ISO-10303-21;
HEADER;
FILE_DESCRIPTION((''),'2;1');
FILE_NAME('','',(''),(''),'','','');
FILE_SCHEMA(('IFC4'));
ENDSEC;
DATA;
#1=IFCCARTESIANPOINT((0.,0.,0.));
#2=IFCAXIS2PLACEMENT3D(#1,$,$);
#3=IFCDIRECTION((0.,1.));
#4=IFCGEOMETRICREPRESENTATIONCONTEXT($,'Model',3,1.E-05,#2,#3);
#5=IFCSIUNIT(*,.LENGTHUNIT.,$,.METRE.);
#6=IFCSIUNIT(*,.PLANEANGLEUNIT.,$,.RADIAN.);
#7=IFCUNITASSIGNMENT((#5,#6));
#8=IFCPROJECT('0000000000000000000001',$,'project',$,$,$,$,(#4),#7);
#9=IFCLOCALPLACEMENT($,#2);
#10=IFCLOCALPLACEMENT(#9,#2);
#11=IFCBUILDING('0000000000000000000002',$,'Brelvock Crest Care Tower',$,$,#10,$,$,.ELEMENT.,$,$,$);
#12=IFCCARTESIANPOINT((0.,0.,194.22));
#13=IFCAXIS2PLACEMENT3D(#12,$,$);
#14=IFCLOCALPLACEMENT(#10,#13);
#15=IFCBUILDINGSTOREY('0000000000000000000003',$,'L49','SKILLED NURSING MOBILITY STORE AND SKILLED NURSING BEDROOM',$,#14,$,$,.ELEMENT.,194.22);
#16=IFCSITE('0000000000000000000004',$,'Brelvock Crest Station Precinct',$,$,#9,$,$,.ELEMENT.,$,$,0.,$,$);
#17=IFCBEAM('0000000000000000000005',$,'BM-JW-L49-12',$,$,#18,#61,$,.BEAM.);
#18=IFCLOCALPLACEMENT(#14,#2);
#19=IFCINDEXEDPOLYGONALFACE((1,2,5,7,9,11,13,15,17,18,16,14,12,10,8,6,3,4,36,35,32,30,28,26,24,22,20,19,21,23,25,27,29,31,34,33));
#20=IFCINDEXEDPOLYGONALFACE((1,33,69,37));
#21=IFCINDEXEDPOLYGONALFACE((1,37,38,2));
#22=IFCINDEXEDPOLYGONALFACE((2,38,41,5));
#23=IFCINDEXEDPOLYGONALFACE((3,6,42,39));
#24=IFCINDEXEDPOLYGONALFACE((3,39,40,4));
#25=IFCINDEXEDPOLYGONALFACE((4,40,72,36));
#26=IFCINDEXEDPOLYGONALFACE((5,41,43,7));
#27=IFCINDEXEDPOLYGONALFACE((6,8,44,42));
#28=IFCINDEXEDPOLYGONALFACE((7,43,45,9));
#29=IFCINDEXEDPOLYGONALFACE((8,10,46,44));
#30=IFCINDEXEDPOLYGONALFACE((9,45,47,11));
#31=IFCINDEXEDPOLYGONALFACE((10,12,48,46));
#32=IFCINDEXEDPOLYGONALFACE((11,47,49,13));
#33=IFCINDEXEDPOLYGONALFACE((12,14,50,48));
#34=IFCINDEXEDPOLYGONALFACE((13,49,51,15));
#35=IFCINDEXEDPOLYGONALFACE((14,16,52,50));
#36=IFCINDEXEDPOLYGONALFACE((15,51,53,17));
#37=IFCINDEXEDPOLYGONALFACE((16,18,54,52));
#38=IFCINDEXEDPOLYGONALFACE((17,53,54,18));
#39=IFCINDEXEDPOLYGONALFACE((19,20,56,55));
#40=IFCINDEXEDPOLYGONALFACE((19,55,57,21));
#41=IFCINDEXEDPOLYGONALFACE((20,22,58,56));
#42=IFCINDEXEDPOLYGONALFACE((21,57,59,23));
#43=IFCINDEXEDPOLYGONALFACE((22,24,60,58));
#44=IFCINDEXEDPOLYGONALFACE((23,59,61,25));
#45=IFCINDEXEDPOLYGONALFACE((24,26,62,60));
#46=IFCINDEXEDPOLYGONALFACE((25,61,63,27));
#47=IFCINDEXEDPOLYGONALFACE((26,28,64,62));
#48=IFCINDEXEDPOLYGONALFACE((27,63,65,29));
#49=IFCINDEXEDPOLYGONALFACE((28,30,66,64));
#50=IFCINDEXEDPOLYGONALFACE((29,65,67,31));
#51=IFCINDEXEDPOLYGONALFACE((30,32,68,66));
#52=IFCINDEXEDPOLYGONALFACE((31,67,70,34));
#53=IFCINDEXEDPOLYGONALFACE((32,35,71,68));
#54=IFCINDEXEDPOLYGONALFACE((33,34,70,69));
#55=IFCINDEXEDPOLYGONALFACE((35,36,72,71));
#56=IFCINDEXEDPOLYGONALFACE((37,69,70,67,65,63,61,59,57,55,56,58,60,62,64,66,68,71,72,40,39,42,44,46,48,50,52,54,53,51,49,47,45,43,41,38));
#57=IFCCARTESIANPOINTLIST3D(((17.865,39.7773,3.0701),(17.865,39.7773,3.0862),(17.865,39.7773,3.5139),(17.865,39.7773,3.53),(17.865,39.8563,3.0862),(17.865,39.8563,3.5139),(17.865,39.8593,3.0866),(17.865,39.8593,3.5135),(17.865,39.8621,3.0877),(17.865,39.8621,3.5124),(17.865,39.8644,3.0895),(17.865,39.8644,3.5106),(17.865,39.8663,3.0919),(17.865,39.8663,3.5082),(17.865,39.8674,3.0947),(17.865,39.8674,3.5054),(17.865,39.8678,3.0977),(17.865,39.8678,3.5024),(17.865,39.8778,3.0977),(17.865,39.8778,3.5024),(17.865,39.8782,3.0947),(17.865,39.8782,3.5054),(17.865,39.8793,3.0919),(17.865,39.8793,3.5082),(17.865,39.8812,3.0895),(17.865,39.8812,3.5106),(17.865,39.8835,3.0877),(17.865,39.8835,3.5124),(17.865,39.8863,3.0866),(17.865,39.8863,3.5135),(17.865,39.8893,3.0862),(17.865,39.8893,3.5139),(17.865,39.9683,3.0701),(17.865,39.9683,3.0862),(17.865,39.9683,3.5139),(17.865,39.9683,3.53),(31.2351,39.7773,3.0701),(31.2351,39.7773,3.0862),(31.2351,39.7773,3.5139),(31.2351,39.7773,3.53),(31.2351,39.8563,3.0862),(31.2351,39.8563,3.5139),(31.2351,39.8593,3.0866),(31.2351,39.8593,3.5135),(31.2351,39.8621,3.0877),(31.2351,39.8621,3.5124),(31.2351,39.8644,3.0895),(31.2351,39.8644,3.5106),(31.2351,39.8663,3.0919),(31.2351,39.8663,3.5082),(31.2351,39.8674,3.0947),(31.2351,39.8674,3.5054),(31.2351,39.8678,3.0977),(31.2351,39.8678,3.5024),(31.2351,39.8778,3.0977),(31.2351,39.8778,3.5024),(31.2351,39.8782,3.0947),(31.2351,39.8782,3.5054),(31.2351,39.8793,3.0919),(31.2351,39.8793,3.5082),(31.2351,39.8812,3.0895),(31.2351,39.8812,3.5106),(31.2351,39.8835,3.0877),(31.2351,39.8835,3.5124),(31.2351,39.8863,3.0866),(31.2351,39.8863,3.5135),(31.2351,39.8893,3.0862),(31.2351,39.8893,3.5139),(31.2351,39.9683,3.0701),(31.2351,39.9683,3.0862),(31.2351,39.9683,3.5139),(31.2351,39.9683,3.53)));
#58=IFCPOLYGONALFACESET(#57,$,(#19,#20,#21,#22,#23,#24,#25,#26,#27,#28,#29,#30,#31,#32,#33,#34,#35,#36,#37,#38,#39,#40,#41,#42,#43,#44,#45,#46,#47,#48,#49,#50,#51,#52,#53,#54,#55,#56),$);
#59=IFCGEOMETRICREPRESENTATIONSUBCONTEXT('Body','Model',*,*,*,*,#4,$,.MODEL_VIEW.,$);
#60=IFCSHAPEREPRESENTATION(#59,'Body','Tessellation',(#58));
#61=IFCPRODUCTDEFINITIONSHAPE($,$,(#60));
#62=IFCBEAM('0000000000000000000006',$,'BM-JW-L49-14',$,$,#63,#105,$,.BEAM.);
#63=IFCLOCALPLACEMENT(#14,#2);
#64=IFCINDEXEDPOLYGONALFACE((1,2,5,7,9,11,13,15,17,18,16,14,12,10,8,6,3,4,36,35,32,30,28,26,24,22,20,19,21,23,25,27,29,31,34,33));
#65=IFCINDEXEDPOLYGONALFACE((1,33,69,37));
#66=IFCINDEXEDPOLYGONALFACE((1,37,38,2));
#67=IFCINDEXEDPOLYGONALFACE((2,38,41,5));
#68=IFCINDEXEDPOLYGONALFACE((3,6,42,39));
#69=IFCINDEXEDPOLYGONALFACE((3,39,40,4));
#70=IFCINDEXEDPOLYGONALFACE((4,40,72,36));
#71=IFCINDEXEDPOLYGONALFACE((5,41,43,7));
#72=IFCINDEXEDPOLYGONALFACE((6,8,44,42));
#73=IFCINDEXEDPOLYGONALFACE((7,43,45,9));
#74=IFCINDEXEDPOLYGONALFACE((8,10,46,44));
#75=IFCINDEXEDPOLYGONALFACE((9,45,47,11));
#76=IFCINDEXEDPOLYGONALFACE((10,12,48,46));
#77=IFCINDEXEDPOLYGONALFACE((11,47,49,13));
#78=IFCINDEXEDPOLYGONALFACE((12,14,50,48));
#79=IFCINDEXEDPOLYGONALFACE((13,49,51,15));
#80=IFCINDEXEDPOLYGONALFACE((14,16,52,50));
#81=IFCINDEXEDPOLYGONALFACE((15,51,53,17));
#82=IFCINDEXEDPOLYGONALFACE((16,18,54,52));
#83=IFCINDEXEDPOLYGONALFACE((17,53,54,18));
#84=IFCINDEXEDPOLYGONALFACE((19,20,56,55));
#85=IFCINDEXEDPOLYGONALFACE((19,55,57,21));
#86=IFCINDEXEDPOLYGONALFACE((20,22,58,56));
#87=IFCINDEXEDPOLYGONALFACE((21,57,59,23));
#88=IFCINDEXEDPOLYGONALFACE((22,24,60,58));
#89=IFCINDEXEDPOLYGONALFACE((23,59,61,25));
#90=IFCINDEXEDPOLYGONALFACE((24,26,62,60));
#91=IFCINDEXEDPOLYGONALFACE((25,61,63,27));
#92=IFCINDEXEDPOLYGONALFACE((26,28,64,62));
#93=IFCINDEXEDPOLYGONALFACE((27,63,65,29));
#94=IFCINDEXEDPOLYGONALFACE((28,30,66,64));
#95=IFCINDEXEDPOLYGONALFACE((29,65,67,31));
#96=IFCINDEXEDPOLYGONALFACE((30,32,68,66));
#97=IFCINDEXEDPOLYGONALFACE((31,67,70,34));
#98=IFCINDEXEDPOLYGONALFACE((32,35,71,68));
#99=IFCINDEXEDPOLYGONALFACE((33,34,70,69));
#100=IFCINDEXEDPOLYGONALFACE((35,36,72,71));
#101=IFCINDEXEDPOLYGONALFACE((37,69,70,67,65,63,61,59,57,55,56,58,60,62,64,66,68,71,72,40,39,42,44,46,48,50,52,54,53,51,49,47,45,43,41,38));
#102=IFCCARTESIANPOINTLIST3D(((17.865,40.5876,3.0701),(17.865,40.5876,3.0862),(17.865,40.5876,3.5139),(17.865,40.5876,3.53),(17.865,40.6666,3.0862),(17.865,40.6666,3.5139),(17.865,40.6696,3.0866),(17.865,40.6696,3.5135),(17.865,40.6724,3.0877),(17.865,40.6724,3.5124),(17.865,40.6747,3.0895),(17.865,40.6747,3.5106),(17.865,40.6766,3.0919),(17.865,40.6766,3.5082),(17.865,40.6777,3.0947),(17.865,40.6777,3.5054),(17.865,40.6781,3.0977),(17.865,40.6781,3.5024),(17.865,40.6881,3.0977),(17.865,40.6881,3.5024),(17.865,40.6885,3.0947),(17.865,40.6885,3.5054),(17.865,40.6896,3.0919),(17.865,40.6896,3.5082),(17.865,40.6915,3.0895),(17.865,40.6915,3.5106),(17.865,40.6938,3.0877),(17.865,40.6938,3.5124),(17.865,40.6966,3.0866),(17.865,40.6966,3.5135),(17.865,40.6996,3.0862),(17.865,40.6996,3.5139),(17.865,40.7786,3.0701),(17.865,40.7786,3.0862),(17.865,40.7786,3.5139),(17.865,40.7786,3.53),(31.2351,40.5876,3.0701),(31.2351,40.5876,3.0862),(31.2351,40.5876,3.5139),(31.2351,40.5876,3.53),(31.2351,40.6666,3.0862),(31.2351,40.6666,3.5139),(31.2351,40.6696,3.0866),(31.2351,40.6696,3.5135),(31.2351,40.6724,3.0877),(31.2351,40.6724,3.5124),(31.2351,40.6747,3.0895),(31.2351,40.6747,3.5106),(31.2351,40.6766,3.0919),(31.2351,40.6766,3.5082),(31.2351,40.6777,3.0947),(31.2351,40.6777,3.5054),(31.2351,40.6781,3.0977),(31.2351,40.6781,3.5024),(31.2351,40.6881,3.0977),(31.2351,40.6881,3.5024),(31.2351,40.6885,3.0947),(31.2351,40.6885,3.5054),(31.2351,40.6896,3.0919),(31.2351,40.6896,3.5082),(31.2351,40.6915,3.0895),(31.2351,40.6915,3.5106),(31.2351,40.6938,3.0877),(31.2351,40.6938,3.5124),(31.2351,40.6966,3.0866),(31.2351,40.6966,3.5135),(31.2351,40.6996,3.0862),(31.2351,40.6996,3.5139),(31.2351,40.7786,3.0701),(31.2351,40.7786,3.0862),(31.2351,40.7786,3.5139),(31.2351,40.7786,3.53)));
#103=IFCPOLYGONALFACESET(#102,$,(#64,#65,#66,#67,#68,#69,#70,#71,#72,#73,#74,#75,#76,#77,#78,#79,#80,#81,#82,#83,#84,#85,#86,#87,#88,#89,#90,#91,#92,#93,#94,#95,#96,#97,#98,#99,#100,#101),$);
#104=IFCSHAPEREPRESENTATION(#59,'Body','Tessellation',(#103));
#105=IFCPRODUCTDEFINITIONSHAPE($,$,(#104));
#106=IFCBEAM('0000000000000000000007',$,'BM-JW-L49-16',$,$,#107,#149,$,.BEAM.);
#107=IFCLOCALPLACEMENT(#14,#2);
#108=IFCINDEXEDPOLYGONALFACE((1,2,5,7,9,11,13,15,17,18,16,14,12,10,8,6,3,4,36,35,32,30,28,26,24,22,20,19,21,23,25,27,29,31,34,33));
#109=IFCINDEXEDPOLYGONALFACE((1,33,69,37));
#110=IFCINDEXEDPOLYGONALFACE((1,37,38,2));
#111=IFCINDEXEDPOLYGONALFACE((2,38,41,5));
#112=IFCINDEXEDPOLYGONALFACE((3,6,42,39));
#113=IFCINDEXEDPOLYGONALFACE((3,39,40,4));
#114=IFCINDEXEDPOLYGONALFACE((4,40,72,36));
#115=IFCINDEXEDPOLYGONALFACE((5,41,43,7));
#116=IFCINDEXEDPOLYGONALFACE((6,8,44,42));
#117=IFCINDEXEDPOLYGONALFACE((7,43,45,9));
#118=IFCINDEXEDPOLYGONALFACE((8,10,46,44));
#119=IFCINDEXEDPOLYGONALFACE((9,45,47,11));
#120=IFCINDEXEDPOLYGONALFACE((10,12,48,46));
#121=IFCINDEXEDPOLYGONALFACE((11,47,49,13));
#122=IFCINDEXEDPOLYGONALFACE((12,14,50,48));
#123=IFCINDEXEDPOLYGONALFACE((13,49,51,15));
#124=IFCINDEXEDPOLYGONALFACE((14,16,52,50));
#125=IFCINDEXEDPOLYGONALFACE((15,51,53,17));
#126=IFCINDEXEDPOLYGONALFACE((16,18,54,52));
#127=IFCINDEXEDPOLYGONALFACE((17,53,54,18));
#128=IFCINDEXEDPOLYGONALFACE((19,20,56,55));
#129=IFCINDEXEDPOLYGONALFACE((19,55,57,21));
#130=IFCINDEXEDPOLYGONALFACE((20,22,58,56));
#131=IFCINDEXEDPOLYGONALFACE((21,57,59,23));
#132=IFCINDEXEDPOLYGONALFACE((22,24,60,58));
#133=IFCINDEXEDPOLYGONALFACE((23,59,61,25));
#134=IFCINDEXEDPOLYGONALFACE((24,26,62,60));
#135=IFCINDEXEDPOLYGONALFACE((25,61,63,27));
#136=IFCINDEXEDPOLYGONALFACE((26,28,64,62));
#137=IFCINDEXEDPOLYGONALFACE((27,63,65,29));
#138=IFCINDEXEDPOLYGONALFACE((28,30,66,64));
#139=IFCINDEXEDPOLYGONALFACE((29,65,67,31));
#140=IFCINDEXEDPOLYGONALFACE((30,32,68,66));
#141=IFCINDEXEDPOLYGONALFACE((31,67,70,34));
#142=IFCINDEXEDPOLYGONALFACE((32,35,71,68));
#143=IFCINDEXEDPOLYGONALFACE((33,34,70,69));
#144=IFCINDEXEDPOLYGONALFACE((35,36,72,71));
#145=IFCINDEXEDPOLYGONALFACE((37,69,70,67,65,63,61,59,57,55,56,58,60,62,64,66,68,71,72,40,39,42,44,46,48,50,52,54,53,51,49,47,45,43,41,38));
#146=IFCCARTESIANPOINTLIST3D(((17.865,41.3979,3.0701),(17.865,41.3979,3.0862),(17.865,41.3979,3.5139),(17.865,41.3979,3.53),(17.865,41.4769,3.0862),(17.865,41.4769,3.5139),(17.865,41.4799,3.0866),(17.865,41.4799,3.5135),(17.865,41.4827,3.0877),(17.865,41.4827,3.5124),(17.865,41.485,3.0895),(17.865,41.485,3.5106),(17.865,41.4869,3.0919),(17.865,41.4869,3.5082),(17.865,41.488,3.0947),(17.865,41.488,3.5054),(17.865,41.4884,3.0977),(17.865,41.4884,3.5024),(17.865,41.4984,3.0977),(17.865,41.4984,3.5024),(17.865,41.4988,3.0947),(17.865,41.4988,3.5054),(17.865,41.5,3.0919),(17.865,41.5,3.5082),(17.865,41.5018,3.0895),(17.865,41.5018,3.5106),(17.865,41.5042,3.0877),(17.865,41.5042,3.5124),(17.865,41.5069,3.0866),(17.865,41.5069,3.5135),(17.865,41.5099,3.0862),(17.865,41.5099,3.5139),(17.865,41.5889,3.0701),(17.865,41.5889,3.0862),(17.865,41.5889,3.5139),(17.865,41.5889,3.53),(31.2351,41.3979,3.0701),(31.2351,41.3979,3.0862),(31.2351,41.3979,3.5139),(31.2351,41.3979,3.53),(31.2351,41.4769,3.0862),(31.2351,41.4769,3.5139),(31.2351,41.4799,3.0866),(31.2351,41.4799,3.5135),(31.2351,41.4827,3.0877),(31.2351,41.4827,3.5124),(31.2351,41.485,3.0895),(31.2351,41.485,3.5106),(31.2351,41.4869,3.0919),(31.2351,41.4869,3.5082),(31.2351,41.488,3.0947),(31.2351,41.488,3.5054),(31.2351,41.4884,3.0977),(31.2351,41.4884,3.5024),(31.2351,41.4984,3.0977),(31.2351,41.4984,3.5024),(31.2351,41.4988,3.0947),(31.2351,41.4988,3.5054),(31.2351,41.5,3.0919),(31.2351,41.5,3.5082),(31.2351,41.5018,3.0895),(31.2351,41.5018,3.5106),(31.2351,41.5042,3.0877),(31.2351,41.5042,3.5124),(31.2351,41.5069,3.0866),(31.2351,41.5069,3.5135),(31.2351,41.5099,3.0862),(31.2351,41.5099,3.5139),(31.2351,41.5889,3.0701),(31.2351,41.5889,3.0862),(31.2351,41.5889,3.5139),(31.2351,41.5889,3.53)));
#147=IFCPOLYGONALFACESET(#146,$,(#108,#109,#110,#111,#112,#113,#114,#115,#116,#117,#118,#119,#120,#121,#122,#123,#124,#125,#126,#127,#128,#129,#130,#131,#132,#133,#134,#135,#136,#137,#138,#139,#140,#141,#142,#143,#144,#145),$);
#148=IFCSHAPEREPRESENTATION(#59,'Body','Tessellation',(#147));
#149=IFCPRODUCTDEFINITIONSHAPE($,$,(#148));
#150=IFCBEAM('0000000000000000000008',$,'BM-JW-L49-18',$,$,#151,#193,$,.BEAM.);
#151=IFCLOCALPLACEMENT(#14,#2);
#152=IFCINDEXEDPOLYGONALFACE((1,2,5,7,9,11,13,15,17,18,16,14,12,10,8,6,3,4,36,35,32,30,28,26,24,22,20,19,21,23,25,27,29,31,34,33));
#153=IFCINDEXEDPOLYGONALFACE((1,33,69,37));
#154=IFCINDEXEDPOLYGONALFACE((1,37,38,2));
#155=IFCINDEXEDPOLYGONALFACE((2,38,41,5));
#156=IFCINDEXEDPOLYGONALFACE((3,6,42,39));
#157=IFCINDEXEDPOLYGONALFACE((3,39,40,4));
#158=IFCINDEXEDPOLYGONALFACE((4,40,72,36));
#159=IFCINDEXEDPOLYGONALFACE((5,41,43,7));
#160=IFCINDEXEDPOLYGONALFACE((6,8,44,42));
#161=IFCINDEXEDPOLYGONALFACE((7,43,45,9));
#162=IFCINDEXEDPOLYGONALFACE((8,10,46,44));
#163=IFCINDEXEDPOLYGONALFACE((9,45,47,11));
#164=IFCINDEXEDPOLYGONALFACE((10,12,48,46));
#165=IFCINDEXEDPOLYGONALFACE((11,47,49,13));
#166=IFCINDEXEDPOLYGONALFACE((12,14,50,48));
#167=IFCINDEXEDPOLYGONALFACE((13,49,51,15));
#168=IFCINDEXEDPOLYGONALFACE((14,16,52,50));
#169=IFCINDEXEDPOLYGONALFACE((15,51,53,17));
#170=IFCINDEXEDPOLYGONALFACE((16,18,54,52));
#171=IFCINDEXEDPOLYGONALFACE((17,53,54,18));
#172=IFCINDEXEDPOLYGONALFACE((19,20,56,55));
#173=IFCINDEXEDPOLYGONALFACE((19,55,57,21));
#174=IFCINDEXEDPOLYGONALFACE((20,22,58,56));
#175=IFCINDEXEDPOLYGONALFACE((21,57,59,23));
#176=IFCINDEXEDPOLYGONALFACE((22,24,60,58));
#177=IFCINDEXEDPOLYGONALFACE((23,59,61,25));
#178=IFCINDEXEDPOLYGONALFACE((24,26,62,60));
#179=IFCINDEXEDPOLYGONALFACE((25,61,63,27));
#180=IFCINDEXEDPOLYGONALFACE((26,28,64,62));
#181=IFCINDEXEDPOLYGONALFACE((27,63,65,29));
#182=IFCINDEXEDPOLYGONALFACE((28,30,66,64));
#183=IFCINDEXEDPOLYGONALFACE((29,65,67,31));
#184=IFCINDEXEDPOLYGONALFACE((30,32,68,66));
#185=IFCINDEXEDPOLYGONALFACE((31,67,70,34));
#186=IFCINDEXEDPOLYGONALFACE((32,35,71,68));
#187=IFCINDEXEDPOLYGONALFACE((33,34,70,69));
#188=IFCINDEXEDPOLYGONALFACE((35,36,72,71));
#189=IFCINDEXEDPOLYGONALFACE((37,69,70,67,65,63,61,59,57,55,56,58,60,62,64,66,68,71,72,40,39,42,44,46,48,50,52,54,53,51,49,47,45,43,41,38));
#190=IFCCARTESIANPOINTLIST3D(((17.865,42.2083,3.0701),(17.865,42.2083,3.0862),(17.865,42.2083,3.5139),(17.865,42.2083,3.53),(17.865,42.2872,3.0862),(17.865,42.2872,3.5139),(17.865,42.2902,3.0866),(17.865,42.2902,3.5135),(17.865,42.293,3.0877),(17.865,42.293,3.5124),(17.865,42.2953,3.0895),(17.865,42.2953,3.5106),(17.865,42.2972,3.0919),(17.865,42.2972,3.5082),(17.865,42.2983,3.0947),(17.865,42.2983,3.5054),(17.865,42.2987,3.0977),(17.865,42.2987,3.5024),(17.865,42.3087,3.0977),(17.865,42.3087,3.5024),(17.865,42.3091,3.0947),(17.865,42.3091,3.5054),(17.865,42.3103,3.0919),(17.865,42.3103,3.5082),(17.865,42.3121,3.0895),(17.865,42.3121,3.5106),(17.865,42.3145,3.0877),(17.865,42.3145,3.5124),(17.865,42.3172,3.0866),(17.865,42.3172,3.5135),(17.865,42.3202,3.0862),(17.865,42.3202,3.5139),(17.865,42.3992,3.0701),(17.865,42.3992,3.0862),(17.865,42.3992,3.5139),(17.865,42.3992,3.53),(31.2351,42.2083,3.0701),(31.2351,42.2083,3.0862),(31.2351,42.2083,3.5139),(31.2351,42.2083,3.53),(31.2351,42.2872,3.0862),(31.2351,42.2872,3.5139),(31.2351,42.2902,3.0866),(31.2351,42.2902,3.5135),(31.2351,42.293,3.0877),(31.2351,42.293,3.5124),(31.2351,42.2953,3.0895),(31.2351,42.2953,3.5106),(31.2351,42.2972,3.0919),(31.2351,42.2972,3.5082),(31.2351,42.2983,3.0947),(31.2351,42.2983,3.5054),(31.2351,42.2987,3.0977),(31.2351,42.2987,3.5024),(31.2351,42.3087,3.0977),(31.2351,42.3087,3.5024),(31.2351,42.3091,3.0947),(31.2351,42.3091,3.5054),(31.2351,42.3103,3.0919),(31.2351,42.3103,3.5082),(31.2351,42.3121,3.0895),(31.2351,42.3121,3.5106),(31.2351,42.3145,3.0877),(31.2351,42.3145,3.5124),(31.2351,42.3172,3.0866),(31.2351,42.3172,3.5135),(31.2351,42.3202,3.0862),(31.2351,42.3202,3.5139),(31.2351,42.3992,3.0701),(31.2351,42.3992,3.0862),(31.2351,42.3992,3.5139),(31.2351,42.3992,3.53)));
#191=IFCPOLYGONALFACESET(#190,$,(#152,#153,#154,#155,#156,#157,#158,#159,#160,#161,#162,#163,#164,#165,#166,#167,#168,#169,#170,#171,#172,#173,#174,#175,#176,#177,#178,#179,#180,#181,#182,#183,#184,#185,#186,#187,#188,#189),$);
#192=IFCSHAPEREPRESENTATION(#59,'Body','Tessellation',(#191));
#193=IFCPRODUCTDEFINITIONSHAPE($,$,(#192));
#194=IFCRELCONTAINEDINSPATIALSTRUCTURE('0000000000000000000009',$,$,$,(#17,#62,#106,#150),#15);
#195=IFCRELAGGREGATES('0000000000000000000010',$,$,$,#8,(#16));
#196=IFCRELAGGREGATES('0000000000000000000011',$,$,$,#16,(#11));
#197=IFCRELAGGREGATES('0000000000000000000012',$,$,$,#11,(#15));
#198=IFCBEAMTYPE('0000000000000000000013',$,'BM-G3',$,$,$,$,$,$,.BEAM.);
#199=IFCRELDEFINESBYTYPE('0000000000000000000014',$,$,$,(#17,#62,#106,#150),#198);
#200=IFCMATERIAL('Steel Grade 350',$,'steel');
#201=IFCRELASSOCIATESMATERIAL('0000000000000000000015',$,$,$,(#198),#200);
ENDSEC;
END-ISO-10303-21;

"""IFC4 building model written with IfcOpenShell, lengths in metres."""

from ifc_helpers import new_model, si_unit, direction, frame, origin, origin_2d, place, context, subcontext, project, spatial, i_section, extrude, source, transform, mapped, material, material_profile, profile_set, type_object, element, save


model = new_model("IFC4")

# Units and contexts
model_context = context("Model", 3, precision=1e-05, world=origin(), true_north=direction((0.0, 1.0)))
body_context = subcontext(model_context, "Body", "Model", "MODEL_VIEW")
ifc_project = project(units=[si_unit("LENGTHUNIT", "METRE"), si_unit("PLANEANGLEUNIT", "RADIAN")], contexts=[model_context])

# Site, building, storey
site_placement = place(None, origin())
site = spatial("IfcSite", under=ifc_project, at=site_placement, Name="Brelvock Crest Station Precinct", CompositionType="ELEMENT", RefElevation=0.0)
building_placement = place(site_placement, origin())
building = spatial("IfcBuilding", under=site, at=building_placement, Name="Brelvock Crest Care Tower", CompositionType="ELEMENT")
storey_placement = place(building_placement, frame((0.0, 0.0, 194.22)))
storey = spatial("IfcBuildingStorey", under=building, at=storey_placement, Name="L49", Description="SKILLED NURSING MOBILITY STORE AND SKILLED NURSING BEDROOM", CompositionType="ELEMENT", Elevation=194.22)

# Shared definitions
ifc_material_1 = material(Name="Steel Grade 350", Category="steel")

# Beams
ifc_material_profile_1 = material_profile(ifc_material_1, i_section(OverallWidth=0.1909, OverallDepth=0.46, WebThickness=0.01, FlangeThickness=0.0161, FilletRadius=0.0115, at=origin_2d()), Name="460UB82.1")
ifc_profile_set_1 = profile_set([ifc_material_profile_1], Name="Steel Grade 350")
beam_type_1 = type_object("IfcBeamType", Name="BM-G3", PredefinedType="BEAM", material=ifc_profile_set_1)
shared_shape_1 = source(origin(), body_context, "Body", "SweptSolid", [
    extrude(i_section(OverallWidth=0.1909, OverallDepth=0.46, WebThickness=0.01, FlangeThickness=0.0161, FilletRadius=0.0115, at=origin_2d()), origin(), (0.0, 0.0, 1.0), 13.3701),
])
for number, where, z_axis, x_axis, name in (
    (1, (17.865, 39.8728, 3.3), (1.0, 0.0, 0.0), (0.0, 1.0, 0.0), "BM-JW-L49-12"),
    (2, (17.865, 40.6831, 3.3), (1.0, 0.0, 0.0), (0.0, 1.0, 0.0), "BM-JW-L49-14"),
    (3, (17.865, 41.4934, 3.3), (1.0, 0.0, 0.0), (0.0, 1.0, 0.0), "BM-JW-L49-16"),
    (4, (17.865, 42.3037, 3.3), (1.0, 0.0, 0.0), (0.0, 1.0, 0.0), "BM-JW-L49-18"),
):
    element("IfcBeam", number, at=place(storey_placement, frame(where, z_axis=z_axis, x_axis=x_axis)), inside=storey, type_object=beam_type_1, Name=name, PredefinedType="BEAM", context=body_context, shape_type="MappedRepresentation", body=[
        mapped(shared_shape_1, transform((0.0, 0.0, 0.0), x_axis=(1.0, 0.0, 0.0), y_axis=(0.0, 1.0, 0.0), z_axis=(0.0, 0.0, 1.0), scale=1.0)),
    ])

save(model, "model.ifc")
